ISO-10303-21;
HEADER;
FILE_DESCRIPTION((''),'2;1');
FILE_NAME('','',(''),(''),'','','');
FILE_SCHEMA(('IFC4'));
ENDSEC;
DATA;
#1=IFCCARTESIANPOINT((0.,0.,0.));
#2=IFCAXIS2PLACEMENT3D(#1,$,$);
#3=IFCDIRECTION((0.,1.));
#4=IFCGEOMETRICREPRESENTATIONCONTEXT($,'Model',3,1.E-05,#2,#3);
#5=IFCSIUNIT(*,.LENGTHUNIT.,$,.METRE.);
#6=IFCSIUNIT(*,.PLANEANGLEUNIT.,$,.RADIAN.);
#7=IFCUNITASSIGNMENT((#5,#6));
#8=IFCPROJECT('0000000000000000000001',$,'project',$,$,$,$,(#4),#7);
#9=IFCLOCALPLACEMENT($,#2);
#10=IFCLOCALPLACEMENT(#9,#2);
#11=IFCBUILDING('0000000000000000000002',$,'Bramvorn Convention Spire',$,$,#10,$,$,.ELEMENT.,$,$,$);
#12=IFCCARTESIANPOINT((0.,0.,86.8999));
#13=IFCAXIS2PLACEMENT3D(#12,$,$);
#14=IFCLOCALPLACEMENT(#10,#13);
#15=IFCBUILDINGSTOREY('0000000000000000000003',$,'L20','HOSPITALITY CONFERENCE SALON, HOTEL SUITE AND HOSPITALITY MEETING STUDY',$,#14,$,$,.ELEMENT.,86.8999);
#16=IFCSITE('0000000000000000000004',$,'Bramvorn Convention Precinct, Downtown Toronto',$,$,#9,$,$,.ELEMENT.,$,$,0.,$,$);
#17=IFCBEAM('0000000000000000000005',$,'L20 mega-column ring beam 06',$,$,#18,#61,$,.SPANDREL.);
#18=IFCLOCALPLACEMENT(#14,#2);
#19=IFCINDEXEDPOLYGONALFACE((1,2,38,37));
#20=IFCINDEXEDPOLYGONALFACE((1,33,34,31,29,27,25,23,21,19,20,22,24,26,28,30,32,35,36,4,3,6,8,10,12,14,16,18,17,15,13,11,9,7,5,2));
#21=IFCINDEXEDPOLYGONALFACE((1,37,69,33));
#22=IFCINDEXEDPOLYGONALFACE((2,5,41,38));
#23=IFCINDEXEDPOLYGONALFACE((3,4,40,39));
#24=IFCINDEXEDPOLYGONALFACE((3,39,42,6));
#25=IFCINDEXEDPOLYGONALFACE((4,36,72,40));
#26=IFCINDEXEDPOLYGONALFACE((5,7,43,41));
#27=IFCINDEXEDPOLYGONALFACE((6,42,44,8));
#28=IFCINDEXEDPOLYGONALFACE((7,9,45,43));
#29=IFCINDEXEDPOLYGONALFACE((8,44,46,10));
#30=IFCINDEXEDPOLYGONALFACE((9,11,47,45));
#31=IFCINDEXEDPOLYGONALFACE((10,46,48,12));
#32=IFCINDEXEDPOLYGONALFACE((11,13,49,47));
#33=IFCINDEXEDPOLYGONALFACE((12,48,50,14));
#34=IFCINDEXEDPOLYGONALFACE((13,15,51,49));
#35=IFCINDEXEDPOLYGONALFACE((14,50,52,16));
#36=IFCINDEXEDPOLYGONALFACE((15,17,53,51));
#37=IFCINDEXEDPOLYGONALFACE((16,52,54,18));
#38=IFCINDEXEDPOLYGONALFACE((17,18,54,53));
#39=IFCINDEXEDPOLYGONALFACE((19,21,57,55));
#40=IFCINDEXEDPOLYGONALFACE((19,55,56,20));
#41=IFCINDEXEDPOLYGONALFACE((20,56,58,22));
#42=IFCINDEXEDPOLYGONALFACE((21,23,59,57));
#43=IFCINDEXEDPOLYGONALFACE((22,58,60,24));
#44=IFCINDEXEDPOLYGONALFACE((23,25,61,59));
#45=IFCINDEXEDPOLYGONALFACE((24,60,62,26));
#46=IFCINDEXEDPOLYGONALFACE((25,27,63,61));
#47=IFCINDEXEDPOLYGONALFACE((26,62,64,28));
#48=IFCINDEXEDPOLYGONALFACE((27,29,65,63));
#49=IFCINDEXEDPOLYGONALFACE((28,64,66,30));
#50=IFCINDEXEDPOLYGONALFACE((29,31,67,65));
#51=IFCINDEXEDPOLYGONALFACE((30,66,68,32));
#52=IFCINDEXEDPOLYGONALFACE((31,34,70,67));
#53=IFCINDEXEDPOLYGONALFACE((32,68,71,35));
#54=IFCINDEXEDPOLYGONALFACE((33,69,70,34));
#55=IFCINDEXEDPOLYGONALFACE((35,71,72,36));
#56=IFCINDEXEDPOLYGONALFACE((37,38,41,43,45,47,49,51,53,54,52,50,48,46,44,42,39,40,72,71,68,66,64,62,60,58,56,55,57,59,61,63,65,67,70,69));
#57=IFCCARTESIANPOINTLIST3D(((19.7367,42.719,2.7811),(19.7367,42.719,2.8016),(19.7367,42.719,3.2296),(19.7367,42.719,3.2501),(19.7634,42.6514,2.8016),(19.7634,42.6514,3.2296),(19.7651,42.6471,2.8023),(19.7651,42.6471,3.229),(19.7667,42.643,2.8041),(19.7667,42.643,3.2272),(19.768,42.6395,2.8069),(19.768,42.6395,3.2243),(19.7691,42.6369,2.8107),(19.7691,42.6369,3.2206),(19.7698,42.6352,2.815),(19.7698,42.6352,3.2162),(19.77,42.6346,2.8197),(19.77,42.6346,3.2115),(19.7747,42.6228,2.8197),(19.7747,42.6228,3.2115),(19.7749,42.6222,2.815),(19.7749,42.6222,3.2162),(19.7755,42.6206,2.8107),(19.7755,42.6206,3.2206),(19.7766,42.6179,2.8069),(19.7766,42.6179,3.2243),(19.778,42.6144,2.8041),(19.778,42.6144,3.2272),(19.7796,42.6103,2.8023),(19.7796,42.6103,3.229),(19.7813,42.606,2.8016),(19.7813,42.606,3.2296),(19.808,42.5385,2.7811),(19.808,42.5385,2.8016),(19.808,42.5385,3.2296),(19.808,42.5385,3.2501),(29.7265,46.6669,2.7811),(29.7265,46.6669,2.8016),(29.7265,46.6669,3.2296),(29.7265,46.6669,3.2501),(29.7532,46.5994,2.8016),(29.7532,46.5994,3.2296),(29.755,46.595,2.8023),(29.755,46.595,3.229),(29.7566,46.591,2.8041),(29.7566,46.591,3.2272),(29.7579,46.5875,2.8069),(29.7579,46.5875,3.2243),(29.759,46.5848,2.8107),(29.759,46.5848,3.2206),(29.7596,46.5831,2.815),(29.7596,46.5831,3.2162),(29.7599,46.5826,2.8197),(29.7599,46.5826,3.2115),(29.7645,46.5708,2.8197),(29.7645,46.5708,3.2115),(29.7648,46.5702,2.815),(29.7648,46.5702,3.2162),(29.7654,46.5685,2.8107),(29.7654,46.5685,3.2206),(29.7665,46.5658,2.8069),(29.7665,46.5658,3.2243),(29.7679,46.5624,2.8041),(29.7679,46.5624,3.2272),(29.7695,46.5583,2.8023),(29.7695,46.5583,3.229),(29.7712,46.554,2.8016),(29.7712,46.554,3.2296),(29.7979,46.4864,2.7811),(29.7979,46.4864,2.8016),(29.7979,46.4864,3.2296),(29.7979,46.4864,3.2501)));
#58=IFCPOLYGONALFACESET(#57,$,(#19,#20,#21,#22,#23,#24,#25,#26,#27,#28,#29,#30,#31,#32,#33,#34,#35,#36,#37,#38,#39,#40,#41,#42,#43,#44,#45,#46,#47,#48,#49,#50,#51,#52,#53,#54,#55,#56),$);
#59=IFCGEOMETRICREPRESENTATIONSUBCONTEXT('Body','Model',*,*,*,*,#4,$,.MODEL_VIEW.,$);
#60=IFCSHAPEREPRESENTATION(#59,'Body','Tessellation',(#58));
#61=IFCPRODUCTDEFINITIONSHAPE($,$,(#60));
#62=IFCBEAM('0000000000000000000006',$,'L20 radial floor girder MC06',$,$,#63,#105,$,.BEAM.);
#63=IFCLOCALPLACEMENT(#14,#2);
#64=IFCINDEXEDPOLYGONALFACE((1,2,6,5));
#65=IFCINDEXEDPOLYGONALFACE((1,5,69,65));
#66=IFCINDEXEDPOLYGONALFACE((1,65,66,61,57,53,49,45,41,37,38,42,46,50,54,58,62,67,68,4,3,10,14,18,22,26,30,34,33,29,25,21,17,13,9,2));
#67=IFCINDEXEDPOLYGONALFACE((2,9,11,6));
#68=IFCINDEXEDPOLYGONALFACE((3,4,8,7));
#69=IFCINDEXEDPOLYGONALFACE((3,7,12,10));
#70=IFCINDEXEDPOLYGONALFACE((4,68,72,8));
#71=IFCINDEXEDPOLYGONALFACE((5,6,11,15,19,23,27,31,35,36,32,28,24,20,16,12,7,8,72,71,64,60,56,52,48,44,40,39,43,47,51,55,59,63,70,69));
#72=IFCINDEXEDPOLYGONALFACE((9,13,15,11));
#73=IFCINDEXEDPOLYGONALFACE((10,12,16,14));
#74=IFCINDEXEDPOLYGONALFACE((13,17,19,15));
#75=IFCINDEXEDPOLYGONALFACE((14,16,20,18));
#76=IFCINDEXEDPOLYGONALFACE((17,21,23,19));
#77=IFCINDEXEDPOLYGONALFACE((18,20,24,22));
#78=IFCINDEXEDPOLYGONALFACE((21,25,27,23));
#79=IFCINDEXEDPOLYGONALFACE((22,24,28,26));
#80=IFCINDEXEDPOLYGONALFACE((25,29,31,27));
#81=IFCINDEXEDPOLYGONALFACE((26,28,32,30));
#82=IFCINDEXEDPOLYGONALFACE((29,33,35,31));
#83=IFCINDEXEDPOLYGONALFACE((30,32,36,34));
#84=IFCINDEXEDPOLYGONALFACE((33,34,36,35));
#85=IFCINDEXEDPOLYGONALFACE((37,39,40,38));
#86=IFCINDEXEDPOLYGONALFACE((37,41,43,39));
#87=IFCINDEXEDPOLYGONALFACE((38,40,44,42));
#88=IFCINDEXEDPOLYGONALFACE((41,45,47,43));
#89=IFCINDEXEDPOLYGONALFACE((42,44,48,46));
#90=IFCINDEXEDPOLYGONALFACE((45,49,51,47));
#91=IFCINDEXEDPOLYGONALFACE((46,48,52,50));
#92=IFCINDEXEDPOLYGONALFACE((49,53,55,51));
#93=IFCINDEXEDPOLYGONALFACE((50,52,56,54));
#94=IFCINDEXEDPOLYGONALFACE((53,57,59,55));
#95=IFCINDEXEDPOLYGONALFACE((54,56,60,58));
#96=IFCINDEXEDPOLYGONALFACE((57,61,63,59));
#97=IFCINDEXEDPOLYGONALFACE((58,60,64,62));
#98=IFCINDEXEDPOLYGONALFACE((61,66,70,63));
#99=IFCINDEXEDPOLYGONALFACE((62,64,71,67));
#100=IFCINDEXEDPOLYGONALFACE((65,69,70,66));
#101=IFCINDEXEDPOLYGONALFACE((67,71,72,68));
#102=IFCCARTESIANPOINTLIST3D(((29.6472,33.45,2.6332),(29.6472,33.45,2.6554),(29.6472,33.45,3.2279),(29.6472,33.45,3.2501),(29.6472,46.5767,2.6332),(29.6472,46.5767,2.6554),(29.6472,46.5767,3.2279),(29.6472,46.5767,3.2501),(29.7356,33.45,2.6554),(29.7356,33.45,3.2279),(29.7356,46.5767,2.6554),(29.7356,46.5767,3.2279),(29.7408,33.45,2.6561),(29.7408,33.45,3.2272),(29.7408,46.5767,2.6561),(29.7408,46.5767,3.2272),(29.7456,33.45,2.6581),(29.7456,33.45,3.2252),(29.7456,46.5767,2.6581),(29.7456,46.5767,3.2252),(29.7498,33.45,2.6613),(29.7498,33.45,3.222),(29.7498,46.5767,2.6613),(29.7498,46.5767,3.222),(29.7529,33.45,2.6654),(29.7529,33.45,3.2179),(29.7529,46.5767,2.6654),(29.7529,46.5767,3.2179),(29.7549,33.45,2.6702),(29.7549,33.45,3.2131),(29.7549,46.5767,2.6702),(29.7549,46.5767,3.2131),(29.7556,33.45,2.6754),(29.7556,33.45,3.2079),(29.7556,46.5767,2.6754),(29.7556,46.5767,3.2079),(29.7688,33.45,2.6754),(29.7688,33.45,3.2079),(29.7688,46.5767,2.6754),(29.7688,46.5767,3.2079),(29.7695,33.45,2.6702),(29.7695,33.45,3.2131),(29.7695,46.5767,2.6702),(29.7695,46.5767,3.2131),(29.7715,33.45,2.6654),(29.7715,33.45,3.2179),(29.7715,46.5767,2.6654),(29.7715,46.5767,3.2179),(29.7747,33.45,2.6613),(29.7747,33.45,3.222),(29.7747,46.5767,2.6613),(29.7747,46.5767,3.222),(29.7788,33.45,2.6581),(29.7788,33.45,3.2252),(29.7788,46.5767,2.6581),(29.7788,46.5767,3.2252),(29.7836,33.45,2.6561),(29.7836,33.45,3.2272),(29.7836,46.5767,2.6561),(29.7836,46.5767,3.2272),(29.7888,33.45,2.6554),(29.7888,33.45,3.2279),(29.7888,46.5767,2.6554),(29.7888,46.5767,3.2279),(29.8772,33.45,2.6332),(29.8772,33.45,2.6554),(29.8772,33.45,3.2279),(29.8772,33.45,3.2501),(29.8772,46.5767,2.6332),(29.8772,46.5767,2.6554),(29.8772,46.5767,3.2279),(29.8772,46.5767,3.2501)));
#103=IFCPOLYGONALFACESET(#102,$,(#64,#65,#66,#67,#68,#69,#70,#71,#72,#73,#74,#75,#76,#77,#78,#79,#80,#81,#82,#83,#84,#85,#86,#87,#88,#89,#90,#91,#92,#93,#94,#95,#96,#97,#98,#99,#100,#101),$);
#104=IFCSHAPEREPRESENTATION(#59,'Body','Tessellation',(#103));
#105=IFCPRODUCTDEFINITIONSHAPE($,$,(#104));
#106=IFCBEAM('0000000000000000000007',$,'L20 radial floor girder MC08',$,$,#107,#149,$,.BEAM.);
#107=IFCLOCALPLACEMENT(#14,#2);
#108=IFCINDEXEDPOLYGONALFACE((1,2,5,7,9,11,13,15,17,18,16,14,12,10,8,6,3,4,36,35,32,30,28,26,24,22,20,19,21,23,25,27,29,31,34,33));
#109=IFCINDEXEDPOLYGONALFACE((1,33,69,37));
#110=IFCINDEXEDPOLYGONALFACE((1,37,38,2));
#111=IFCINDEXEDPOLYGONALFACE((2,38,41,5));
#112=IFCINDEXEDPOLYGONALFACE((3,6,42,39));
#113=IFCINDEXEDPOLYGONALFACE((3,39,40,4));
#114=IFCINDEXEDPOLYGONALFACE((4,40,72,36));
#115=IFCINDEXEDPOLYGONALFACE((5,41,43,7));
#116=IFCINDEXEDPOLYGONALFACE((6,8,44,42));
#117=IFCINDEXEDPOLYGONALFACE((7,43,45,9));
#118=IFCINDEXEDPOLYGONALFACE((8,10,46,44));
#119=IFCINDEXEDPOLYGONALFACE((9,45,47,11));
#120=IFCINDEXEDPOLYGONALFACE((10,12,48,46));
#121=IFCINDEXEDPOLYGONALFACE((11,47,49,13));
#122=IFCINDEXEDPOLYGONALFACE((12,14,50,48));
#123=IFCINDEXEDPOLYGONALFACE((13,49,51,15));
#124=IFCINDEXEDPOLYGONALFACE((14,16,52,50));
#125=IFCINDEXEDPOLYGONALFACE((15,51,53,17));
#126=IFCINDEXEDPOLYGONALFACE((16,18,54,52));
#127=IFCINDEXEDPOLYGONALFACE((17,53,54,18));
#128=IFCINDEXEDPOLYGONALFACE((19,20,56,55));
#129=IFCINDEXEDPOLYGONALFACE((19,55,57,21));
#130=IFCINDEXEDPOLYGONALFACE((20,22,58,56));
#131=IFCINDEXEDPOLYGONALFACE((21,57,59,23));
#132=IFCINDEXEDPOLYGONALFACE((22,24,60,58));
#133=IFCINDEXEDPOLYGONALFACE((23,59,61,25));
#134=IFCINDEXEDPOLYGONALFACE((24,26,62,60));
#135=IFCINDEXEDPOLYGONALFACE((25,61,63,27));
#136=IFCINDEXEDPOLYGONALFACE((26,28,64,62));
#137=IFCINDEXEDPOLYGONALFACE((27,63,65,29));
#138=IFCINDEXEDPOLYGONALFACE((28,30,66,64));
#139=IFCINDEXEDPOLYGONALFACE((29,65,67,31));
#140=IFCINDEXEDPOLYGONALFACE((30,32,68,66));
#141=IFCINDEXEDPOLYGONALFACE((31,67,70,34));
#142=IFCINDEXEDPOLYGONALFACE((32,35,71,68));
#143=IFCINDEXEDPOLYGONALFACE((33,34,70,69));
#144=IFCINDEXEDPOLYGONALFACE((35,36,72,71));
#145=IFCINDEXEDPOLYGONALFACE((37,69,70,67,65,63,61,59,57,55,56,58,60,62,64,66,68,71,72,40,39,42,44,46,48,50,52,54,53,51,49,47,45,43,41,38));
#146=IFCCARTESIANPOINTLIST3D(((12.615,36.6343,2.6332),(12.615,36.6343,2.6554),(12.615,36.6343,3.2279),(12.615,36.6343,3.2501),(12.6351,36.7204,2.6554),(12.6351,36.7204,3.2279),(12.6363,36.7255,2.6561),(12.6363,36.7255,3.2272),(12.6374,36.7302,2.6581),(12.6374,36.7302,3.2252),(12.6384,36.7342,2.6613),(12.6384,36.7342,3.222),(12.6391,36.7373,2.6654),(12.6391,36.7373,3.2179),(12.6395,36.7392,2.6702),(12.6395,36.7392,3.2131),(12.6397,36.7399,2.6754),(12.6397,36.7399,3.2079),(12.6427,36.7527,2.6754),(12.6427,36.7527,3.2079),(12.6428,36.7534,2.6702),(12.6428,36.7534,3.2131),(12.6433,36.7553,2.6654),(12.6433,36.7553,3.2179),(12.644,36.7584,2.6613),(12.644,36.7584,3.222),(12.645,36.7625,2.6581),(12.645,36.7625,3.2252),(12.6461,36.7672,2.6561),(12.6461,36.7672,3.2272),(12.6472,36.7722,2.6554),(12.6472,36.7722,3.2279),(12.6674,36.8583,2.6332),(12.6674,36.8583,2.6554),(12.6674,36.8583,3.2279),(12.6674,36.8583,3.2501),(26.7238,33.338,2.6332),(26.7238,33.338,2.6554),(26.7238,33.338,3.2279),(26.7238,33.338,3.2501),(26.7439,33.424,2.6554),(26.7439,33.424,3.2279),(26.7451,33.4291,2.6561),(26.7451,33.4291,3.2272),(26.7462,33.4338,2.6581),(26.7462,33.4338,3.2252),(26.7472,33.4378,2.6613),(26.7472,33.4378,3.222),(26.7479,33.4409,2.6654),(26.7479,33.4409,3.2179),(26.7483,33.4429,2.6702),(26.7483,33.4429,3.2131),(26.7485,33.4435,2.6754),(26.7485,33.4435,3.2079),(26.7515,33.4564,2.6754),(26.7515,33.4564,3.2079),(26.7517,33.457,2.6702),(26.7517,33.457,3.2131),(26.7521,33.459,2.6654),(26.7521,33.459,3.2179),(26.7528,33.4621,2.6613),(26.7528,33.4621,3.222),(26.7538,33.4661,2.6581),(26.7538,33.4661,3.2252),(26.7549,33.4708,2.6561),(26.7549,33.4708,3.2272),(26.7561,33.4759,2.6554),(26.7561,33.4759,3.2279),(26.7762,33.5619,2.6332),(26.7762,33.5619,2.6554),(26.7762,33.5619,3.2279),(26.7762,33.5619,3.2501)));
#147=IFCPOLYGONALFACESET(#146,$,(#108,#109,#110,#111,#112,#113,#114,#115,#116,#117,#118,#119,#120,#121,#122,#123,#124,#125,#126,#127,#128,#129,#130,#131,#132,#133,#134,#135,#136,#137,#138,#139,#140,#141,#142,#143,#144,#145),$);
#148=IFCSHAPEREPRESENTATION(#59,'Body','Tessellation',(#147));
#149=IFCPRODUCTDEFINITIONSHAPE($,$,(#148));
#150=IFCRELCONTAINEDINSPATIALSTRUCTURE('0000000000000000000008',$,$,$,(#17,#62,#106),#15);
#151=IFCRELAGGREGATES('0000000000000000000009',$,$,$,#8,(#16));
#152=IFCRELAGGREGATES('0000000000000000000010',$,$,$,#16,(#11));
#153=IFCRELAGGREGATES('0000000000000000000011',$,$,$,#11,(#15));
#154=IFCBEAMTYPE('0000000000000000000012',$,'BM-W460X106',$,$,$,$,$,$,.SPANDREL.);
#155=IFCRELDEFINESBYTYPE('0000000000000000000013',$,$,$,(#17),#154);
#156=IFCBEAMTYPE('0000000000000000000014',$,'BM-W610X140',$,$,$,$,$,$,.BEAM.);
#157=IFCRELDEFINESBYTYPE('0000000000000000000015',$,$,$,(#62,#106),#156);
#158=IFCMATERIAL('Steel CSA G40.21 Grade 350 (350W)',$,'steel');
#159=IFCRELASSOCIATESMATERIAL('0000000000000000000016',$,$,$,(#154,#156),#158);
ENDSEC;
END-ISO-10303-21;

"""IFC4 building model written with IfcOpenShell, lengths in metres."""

from ifc_helpers import new_model, si_unit, direction, frame, origin, origin_2d, place, context, subcontext, project, spatial, i_section, extrude, material, material_profile, profile_set, type_object, element, save


model = new_model("IFC4")

# Units and contexts
model_context = context("Model", 3, precision=1e-05, world=origin(), true_north=direction((0.0, 1.0)))
body_context = subcontext(model_context, "Body", "Model", "MODEL_VIEW")
ifc_project = project(units=[si_unit("LENGTHUNIT", "METRE"), si_unit("PLANEANGLEUNIT", "RADIAN")], contexts=[model_context])

# Site, building, storey
site_placement = place(None, origin())
site = spatial("IfcSite", under=ifc_project, at=site_placement, Name="Bramvorn Convention Precinct, Downtown Toronto", CompositionType="ELEMENT", RefElevation=0.0)
building_placement = place(site_placement, origin())
building = spatial("IfcBuilding", under=site, at=building_placement, Name="Bramvorn Convention Spire", CompositionType="ELEMENT")
storey_placement = place(building_placement, frame((0.0, 0.0, 86.8999)))
storey = spatial("IfcBuildingStorey", under=building, at=storey_placement, Name="L20", Description="HOSPITALITY CONFERENCE SALON, HOTEL SUITE AND HOSPITALITY MEETING STUDY", CompositionType="ELEMENT", Elevation=86.8999)

# Shared definitions
ifc_material_1 = material(Name="Steel CSA G40.21 Grade 350 (350W)", Category="steel")

# Beams
ifc_material_profile_1 = material_profile(ifc_material_1, i_section(OverallWidth=0.1941, OverallDepth=0.469, WebThickness=0.0127, FlangeThickness=0.0205, FilletRadius=0.0181, at=origin_2d()))
ifc_profile_set_1 = profile_set([ifc_material_profile_1], Name="Steel CSA G40.21 Grade 350 (350W) - W460X106")
beam_type_1 = type_object("IfcBeamType", Name="BM-W460X106", PredefinedType="SPANDREL", material=ifc_profile_set_1)
beam_1_placement = place(storey_placement, frame((29.7622, 46.5767, 3.0156), z_axis=(-0.93001, -0.367535, 0.0), x_axis=(0.367535, -0.93001, 0.0)))
element("IfcBeam", 1, at=beam_1_placement, inside=storey, type_object=beam_type_1, Name="L20 mega-column ring beam 06", PredefinedType="SPANDREL", context=body_context, shape_type="SweptSolid", body=[
    extrude(i_section(OverallWidth=0.1941, OverallDepth=0.469, WebThickness=0.0127, FlangeThickness=0.0205, FilletRadius=0.0181, at=origin_2d()), origin(), (0.0, 0.0, 1.0), 10.7417),
])
ifc_material_profile_2 = material_profile(ifc_material_1, i_section(OverallWidth=0.23, OverallDepth=0.6169, WebThickness=0.0132, FlangeThickness=0.0222, FilletRadius=0.02, at=origin_2d()))
ifc_profile_set_2 = profile_set([ifc_material_profile_2], Name="Steel CSA G40.21 Grade 350 (350W) - W610X140")
beam_type_2 = type_object("IfcBeamType", Name="BM-W610X140", PredefinedType="BEAM", material=ifc_profile_set_2)
beam_2_placement = place(storey_placement, frame((29.7622, 33.45, 2.9417), z_axis=(0.0, 1.0, 0.0), x_axis=(-1.0, 0.0, 0.0)))
element("IfcBeam", 2, at=beam_2_placement, inside=storey, type_object=beam_type_2, Name="L20 radial floor girder MC06", PredefinedType="BEAM", context=body_context, shape_type="SweptSolid", body=[
    extrude(i_section(OverallWidth=0.23, OverallDepth=0.6169, WebThickness=0.0132, FlangeThickness=0.0222, FilletRadius=0.02, at=origin_2d()), origin(), (0.0, 0.0, 1.0), 13.1267),
])
beam_3_placement = place(storey_placement, frame((26.75, 33.45, 2.9417), z_axis=(-0.973775, 0.227512, 0.0), x_axis=(-0.227512, -0.973775, 0.0)))
element("IfcBeam", 3, at=beam_3_placement, inside=storey, type_object=beam_type_2, Name="L20 radial floor girder MC08", PredefinedType="BEAM", context=body_context, shape_type="SweptSolid", body=[
    extrude(i_section(OverallWidth=0.23, OverallDepth=0.6169, WebThickness=0.0132, FlangeThickness=0.0222, FilletRadius=0.02, at=origin_2d()), origin(), (0.0, 0.0, 1.0), 14.4888),
])

save(model, "model.ifc")
